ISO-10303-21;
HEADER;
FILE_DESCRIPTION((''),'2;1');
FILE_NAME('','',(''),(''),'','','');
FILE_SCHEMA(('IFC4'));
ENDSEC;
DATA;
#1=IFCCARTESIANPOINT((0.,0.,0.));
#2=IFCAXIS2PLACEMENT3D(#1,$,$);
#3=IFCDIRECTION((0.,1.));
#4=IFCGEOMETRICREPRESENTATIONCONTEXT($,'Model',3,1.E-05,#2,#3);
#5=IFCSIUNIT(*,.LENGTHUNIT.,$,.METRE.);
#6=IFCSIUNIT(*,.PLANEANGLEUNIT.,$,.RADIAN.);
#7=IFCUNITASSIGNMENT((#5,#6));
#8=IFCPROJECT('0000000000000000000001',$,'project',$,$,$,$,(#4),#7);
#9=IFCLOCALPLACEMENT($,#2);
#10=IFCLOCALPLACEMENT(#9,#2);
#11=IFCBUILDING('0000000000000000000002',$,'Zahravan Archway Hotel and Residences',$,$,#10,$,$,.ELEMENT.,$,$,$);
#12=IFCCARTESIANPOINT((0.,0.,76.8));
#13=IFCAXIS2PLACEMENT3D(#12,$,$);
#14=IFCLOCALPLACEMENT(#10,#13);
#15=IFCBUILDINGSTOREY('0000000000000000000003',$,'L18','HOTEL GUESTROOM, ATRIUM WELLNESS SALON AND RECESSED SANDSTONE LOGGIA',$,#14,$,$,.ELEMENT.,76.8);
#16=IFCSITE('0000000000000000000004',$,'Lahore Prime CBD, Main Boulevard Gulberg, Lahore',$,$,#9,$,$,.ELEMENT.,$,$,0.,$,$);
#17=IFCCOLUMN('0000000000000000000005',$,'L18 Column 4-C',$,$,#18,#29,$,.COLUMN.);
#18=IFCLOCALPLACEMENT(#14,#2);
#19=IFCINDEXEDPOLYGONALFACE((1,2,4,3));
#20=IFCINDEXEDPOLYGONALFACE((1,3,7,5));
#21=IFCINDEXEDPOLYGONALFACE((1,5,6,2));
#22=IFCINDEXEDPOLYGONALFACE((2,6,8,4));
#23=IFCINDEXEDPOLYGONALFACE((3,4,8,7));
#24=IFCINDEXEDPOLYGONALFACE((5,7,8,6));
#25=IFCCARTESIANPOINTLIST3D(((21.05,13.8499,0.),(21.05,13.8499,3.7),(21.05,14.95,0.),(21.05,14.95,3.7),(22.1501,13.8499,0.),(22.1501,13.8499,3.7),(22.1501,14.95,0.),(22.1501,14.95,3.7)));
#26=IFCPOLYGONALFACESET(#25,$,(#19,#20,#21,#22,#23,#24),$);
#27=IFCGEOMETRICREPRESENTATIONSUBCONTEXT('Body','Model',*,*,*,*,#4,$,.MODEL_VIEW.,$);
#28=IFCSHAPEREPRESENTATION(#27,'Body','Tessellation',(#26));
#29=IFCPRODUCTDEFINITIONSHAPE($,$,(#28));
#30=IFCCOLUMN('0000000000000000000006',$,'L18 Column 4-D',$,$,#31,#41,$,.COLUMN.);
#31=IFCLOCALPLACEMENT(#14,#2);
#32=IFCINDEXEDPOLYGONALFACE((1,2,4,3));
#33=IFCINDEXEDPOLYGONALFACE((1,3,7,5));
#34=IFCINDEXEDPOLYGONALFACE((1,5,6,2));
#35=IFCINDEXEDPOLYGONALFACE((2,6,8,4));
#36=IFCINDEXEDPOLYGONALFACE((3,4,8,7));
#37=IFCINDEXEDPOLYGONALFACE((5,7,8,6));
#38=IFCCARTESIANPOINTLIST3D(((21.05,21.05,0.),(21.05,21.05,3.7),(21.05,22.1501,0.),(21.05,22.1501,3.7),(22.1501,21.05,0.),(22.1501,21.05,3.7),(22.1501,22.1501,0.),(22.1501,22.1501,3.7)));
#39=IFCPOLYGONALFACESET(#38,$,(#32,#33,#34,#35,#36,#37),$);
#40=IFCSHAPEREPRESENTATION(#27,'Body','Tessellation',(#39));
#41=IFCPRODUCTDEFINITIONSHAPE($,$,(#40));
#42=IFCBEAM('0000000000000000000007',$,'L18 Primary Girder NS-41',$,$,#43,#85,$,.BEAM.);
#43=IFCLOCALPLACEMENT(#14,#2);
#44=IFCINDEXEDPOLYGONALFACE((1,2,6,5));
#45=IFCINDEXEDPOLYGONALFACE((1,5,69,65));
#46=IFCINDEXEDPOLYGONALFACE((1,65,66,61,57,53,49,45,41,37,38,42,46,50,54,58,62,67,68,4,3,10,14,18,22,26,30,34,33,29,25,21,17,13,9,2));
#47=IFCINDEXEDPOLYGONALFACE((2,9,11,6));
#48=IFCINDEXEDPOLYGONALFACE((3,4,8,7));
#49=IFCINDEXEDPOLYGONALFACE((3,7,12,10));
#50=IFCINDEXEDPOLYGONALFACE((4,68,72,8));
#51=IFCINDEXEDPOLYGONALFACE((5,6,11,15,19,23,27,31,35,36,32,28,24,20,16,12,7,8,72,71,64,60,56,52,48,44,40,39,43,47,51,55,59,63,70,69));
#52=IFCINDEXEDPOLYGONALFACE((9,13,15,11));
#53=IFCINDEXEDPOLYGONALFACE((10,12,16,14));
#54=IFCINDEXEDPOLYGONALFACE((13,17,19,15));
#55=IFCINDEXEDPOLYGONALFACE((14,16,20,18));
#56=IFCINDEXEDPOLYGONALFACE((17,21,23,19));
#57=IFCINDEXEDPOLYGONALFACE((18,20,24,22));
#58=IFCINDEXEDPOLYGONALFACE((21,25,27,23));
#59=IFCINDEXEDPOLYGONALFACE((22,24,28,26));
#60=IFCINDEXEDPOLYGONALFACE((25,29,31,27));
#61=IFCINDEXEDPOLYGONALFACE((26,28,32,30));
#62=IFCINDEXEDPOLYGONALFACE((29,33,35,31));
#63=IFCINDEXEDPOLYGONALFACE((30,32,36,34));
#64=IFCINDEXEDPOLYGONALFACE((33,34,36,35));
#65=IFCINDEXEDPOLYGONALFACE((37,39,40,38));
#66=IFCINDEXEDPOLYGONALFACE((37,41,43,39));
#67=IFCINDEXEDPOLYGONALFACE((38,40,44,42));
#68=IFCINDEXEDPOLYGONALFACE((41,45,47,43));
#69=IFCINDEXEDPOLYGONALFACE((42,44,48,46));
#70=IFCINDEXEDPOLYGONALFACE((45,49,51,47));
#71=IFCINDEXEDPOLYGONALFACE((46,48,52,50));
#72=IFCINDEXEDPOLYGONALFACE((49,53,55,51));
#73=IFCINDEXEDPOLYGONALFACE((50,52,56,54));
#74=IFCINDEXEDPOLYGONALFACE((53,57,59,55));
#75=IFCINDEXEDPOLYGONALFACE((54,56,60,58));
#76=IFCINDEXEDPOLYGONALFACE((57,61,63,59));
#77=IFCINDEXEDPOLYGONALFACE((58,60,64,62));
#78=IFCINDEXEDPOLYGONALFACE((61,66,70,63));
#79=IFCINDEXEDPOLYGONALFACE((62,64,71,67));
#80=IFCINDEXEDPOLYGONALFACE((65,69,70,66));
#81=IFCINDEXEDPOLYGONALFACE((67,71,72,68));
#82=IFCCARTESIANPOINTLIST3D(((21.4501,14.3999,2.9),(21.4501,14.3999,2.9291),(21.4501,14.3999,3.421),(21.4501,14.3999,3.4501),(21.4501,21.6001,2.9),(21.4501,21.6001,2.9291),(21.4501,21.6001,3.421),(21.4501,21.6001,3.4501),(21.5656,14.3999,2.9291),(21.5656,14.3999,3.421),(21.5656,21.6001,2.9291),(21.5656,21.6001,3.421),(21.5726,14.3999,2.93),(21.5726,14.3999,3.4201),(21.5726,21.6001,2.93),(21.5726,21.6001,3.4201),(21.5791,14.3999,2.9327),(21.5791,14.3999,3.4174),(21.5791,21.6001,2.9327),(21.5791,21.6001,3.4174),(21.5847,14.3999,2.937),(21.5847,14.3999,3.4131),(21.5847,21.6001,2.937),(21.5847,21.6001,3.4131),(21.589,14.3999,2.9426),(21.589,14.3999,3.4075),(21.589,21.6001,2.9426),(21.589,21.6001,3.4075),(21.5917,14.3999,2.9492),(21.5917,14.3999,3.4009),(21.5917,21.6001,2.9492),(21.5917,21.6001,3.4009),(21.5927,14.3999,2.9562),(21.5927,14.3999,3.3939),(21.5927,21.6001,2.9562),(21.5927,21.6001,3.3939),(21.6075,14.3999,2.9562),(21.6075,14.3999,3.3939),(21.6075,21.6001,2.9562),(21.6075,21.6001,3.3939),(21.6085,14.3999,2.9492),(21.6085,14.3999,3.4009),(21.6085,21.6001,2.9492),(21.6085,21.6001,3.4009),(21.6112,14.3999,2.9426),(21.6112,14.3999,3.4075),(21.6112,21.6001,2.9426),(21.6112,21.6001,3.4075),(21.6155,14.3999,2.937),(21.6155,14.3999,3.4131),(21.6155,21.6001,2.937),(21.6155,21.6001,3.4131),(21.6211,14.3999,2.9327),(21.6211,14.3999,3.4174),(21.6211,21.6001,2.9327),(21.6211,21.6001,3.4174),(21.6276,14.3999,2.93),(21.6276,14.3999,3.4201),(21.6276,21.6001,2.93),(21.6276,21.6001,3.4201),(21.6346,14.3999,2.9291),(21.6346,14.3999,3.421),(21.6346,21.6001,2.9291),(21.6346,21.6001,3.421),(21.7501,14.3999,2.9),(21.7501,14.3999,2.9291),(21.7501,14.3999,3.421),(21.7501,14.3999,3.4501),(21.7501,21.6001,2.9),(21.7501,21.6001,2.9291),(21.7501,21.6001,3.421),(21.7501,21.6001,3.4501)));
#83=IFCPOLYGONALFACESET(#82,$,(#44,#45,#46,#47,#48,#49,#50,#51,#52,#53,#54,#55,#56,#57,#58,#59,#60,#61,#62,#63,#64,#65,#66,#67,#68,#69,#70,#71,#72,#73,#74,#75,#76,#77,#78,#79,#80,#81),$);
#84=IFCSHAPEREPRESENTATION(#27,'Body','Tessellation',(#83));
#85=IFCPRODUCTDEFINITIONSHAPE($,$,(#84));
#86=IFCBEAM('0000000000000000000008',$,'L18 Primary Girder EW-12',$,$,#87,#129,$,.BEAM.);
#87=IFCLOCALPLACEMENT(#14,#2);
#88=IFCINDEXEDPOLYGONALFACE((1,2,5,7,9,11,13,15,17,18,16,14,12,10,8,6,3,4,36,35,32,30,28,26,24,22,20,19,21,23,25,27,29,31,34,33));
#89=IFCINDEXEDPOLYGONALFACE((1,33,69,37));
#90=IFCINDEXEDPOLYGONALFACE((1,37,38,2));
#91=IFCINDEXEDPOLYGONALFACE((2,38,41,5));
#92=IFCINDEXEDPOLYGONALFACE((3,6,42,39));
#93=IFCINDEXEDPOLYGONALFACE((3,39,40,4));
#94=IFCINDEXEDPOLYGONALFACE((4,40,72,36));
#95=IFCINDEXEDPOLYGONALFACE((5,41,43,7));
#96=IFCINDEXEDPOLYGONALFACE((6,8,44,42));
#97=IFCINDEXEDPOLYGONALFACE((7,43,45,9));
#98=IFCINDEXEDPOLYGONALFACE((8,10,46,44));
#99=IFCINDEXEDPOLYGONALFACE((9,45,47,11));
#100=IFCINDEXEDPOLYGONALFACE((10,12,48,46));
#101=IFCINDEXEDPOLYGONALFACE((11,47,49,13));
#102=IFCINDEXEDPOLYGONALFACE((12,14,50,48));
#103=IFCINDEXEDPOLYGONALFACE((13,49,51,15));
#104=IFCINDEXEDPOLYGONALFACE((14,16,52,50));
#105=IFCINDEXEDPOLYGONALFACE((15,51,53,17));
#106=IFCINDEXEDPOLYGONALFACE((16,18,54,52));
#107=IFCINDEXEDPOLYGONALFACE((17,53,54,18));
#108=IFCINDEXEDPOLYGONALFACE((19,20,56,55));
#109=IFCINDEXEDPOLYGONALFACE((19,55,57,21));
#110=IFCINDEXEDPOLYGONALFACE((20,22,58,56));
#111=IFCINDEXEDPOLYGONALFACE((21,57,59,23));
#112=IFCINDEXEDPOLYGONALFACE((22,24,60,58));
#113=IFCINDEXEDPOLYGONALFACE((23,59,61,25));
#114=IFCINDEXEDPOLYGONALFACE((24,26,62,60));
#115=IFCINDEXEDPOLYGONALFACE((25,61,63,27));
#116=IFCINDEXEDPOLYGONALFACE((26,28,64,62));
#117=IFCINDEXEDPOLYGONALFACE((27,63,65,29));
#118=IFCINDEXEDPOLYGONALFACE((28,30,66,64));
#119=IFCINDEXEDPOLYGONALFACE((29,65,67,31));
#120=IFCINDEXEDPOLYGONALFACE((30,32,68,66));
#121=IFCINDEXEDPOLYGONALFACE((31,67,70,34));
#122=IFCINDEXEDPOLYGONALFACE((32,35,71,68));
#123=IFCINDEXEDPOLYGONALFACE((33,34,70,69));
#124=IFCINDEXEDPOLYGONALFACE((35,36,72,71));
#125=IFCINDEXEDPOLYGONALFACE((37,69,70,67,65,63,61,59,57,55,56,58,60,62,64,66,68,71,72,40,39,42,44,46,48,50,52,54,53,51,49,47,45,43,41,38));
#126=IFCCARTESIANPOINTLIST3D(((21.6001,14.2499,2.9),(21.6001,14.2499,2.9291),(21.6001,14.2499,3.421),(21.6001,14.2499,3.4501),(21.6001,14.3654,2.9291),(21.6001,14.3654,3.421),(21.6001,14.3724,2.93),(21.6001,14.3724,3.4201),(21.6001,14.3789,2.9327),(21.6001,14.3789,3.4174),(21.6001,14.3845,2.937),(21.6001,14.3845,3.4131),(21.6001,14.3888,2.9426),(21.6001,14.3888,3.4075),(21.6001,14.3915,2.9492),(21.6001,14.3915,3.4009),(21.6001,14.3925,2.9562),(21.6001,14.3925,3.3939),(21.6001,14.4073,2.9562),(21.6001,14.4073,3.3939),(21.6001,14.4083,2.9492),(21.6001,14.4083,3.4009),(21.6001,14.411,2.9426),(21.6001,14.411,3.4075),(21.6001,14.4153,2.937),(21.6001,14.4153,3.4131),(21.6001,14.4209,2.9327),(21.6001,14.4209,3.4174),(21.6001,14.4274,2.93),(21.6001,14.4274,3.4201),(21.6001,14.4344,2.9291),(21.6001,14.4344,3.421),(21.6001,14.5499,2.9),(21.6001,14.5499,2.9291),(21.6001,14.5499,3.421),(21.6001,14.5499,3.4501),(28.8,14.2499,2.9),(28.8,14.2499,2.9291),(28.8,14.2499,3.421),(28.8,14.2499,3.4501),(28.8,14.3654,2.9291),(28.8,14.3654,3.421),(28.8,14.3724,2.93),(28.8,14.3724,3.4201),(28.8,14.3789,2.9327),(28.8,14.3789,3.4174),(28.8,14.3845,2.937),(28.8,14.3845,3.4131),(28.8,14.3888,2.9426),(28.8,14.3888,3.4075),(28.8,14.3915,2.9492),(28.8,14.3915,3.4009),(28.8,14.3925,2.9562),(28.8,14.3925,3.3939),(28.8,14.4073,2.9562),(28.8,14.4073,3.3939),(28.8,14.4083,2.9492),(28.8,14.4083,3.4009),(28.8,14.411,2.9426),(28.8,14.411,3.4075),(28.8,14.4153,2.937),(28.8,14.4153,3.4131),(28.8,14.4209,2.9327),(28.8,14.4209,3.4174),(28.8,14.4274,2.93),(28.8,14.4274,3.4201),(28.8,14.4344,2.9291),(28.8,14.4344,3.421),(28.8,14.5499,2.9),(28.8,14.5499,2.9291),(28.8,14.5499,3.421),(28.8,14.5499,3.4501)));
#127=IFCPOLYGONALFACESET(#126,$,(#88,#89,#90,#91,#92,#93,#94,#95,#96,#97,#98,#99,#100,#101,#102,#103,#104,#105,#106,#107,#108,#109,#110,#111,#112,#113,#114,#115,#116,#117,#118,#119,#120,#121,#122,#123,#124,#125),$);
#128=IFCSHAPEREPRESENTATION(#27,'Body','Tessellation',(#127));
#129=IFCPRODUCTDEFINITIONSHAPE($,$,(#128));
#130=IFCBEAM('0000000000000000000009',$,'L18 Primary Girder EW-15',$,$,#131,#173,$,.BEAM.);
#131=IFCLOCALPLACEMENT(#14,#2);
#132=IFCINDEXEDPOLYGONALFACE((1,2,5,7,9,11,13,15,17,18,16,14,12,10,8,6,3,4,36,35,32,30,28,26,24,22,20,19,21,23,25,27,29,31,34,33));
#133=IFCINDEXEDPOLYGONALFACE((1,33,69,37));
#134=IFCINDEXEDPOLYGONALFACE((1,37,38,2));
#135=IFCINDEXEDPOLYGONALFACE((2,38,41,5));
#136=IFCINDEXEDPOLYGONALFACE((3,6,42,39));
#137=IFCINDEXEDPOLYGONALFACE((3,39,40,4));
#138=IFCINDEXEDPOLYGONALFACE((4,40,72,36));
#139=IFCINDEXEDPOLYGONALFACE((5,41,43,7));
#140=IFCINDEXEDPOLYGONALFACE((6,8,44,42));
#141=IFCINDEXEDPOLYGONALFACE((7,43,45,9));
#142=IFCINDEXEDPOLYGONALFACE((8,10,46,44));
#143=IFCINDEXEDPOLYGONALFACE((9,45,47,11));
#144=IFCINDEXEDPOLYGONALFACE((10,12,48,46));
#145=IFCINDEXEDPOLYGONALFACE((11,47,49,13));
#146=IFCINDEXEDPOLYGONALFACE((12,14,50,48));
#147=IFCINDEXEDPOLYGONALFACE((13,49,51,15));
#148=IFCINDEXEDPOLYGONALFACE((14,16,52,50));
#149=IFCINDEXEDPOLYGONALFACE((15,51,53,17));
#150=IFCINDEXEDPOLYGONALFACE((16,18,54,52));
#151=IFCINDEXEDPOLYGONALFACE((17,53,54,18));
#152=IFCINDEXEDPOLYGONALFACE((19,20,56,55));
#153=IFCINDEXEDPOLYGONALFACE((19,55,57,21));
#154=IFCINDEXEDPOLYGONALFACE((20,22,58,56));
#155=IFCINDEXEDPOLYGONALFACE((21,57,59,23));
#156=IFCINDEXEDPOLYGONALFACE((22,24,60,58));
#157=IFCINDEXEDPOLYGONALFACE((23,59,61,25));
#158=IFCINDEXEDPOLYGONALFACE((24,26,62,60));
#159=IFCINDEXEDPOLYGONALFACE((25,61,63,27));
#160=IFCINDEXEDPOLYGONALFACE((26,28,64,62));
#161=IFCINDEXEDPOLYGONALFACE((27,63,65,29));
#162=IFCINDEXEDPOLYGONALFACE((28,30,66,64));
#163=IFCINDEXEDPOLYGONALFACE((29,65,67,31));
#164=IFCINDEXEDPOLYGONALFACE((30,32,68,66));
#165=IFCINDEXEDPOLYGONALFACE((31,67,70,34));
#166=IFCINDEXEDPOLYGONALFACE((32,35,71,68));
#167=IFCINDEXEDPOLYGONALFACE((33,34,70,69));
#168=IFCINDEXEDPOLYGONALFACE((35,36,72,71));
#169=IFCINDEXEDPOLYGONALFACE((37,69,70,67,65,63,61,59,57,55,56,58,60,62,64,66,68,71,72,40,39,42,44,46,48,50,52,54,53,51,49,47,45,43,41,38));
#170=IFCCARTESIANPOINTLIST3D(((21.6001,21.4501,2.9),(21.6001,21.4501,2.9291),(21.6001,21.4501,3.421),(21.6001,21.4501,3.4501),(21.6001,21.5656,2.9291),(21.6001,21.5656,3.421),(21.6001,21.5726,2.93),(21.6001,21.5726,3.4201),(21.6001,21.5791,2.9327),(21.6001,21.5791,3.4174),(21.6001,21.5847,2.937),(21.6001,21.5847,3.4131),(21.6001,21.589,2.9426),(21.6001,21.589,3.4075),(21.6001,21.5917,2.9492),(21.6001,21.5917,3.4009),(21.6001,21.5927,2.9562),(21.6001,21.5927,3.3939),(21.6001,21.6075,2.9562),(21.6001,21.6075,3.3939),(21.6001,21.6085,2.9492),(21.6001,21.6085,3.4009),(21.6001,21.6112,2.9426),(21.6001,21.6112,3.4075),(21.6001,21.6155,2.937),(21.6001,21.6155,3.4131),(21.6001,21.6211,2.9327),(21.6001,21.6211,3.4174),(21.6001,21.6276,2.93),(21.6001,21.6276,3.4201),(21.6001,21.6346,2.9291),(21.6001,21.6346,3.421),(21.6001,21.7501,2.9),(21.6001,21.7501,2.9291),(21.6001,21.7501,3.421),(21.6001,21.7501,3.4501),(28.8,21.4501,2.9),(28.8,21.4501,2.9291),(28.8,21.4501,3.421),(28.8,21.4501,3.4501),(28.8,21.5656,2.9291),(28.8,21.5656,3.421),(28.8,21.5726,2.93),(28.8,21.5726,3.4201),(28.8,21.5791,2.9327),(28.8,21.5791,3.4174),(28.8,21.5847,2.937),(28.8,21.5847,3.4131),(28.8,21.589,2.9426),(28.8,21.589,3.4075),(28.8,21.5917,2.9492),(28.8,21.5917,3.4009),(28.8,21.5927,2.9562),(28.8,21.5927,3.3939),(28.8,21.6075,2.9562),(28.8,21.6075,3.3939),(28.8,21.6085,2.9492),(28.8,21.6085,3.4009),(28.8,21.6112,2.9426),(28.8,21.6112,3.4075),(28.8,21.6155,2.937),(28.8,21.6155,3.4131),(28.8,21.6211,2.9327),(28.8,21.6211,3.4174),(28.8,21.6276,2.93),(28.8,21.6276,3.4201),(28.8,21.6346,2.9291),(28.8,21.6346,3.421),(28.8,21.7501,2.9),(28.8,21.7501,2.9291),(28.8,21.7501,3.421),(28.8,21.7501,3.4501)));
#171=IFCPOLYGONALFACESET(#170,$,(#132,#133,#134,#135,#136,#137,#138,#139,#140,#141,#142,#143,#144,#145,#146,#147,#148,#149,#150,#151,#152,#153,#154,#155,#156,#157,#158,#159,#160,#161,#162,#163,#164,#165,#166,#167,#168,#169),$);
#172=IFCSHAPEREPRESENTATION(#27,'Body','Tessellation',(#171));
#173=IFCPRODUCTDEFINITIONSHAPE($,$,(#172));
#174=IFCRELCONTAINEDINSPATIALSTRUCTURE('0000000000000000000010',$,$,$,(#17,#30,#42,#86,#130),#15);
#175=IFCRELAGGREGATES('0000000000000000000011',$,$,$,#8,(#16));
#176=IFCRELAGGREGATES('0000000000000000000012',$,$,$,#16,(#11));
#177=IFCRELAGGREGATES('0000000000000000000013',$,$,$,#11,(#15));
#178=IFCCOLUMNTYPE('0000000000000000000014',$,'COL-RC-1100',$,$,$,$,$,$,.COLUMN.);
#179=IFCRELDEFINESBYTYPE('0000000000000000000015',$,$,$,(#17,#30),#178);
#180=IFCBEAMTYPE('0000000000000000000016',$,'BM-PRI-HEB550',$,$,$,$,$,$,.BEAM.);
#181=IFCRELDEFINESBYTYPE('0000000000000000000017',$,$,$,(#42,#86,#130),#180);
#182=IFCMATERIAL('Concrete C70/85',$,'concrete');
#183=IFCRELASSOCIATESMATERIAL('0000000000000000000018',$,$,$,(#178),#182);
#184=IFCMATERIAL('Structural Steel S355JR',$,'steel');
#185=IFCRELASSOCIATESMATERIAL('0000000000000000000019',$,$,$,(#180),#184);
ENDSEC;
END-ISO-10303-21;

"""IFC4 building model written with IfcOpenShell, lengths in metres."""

from ifc_helpers import new_model, si_unit, direction, frame, origin, origin_2d, place, context, subcontext, project, spatial, rectangle, i_section, extrude, source, transform, mapped, material, material_profile, profile_set, type_object, type_shapes, element, save


model = new_model("IFC4")

# Units and contexts
model_context = context("Model", 3, precision=1e-05, world=origin(), true_north=direction((0.0, 1.0)))
body_context = subcontext(model_context, "Body", "Model", "MODEL_VIEW")
ifc_project = project(units=[si_unit("LENGTHUNIT", "METRE"), si_unit("PLANEANGLEUNIT", "RADIAN")], contexts=[model_context])

# Site, building, storey
site_placement = place(None, origin())
site = spatial("IfcSite", under=ifc_project, at=site_placement, Name="Lahore Prime CBD, Main Boulevard Gulberg, Lahore", CompositionType="ELEMENT", RefElevation=0.0)
building_placement = place(site_placement, origin())
building = spatial("IfcBuilding", under=site, at=building_placement, Name="Zahravan Archway Hotel and Residences", CompositionType="ELEMENT")
storey_placement = place(building_placement, frame((0.0, 0.0, 76.8)))
storey = spatial("IfcBuildingStorey", under=building, at=storey_placement, Name="L18", Description="HOTEL GUESTROOM, ATRIUM WELLNESS SALON AND RECESSED SANDSTONE LOGGIA", CompositionType="ELEMENT", Elevation=76.8)

# Columns
ifc_material_1 = material(Name="Concrete C70/85", Category="concrete")
ifc_material_profile_1 = material_profile(ifc_material_1, rectangle(XDim=1.1001, YDim=1.1001, at=origin_2d()), Name="RC 1100x1100", Category="concrete")
ifc_profile_set_1 = profile_set([ifc_material_profile_1], Name="Concrete C70/85")
column_type = type_object("IfcColumnType", Name="COL-RC-1100", PredefinedType="COLUMN", material=ifc_profile_set_1)
shared_shape_1 = source(origin(), body_context, "Body", "SweptSolid", [
    extrude(rectangle(XDim=1.1001, YDim=1.1001, at=origin_2d()), origin(), (0.0, 0.0, 1.0), 3.7),
])
for number, where, z_axis, x_axis, name in (
    (1, (21.6001, 14.3999, 0.0), (0.0, 0.0, 1.0), (1.0, 0.0, 0.0), "L18 Column 4-C"),
    (2, (21.6001, 21.6001, 0.0), (0.0, 0.0, 1.0), (1.0, 0.0, 0.0), "L18 Column 4-D"),
):
    element("IfcColumn", number, at=place(storey_placement, frame(where, z_axis=z_axis, x_axis=x_axis)), inside=storey, type_object=column_type, Name=name, PredefinedType="COLUMN", context=body_context, shape_type="MappedRepresentation", body=[
        mapped(shared_shape_1, transform((0.0, 0.0, 0.0), scale=1.0)),
    ])

# Beams
ifc_material_2 = material(Name="Structural Steel S355JR", Category="steel")
ifc_material_profile_2 = material_profile(ifc_material_2, i_section(OverallWidth=0.3, OverallDepth=0.55, WebThickness=0.0149, FlangeThickness=0.0291, FilletRadius=0.0271, at=origin_2d()), Name="HEB 550", Category="steel")
ifc_profile_set_2 = profile_set([ifc_material_profile_2], Name="Structural Steel S355JR")
beam_type_1 = type_object("IfcBeamType", Name="BM-PRI-HEB550", PredefinedType="BEAM", material=ifc_profile_set_2)
shared_shape_2 = source(origin(), body_context, "Body", "SweptSolid", [
    extrude(i_section(OverallWidth=0.3, OverallDepth=0.55, WebThickness=0.0149, FlangeThickness=0.0291, FilletRadius=0.0271, at=origin_2d()), origin(), (0.0, 0.0, 1.0), 7.2002),
])
type_shapes(beam_type_1, [shared_shape_2])
beam_placement = place(storey_placement, frame((21.6001, 14.3999, 3.175), z_axis=(0.0, 1.0, 0.0), x_axis=(-1.0, 0.0, 0.0)))
element("IfcBeam", 3, at=beam_placement, inside=storey, type_object=beam_type_1, Name="L18 Primary Girder NS-41", PredefinedType="BEAM", context=body_context, shape_type="MappedRepresentation", body=[
    mapped(shared_shape_2, transform((0.0, 0.0, 0.0), scale=1.0)),
])
shared_shape_3 = source(origin(), body_context, "Body", "SweptSolid", [
    extrude(i_section(OverallWidth=0.3, OverallDepth=0.55, WebThickness=0.0149, FlangeThickness=0.0291, FilletRadius=0.0271, at=origin_2d()), origin(), (0.0, 0.0, 1.0), 7.2),
])
for number, where, z_axis, x_axis, name in (
    (4, (21.6001, 14.3999, 3.175), (1.0, 0.0, 0.0), (0.0, 1.0, 0.0), "L18 Primary Girder EW-12"),
    (5, (21.6001, 21.6001, 3.175), (1.0, 0.0, 0.0), (0.0, 1.0, 0.0), "L18 Primary Girder EW-15"),
):
    element("IfcBeam", number, at=place(storey_placement, frame(where, z_axis=z_axis, x_axis=x_axis)), inside=storey, type_object=beam_type_1, Name=name, PredefinedType="BEAM", context=body_context, shape_type="MappedRepresentation", body=[
        mapped(shared_shape_3, transform((0.0, 0.0, 0.0), scale=1.0)),
    ])

save(model, "model.ifc")
